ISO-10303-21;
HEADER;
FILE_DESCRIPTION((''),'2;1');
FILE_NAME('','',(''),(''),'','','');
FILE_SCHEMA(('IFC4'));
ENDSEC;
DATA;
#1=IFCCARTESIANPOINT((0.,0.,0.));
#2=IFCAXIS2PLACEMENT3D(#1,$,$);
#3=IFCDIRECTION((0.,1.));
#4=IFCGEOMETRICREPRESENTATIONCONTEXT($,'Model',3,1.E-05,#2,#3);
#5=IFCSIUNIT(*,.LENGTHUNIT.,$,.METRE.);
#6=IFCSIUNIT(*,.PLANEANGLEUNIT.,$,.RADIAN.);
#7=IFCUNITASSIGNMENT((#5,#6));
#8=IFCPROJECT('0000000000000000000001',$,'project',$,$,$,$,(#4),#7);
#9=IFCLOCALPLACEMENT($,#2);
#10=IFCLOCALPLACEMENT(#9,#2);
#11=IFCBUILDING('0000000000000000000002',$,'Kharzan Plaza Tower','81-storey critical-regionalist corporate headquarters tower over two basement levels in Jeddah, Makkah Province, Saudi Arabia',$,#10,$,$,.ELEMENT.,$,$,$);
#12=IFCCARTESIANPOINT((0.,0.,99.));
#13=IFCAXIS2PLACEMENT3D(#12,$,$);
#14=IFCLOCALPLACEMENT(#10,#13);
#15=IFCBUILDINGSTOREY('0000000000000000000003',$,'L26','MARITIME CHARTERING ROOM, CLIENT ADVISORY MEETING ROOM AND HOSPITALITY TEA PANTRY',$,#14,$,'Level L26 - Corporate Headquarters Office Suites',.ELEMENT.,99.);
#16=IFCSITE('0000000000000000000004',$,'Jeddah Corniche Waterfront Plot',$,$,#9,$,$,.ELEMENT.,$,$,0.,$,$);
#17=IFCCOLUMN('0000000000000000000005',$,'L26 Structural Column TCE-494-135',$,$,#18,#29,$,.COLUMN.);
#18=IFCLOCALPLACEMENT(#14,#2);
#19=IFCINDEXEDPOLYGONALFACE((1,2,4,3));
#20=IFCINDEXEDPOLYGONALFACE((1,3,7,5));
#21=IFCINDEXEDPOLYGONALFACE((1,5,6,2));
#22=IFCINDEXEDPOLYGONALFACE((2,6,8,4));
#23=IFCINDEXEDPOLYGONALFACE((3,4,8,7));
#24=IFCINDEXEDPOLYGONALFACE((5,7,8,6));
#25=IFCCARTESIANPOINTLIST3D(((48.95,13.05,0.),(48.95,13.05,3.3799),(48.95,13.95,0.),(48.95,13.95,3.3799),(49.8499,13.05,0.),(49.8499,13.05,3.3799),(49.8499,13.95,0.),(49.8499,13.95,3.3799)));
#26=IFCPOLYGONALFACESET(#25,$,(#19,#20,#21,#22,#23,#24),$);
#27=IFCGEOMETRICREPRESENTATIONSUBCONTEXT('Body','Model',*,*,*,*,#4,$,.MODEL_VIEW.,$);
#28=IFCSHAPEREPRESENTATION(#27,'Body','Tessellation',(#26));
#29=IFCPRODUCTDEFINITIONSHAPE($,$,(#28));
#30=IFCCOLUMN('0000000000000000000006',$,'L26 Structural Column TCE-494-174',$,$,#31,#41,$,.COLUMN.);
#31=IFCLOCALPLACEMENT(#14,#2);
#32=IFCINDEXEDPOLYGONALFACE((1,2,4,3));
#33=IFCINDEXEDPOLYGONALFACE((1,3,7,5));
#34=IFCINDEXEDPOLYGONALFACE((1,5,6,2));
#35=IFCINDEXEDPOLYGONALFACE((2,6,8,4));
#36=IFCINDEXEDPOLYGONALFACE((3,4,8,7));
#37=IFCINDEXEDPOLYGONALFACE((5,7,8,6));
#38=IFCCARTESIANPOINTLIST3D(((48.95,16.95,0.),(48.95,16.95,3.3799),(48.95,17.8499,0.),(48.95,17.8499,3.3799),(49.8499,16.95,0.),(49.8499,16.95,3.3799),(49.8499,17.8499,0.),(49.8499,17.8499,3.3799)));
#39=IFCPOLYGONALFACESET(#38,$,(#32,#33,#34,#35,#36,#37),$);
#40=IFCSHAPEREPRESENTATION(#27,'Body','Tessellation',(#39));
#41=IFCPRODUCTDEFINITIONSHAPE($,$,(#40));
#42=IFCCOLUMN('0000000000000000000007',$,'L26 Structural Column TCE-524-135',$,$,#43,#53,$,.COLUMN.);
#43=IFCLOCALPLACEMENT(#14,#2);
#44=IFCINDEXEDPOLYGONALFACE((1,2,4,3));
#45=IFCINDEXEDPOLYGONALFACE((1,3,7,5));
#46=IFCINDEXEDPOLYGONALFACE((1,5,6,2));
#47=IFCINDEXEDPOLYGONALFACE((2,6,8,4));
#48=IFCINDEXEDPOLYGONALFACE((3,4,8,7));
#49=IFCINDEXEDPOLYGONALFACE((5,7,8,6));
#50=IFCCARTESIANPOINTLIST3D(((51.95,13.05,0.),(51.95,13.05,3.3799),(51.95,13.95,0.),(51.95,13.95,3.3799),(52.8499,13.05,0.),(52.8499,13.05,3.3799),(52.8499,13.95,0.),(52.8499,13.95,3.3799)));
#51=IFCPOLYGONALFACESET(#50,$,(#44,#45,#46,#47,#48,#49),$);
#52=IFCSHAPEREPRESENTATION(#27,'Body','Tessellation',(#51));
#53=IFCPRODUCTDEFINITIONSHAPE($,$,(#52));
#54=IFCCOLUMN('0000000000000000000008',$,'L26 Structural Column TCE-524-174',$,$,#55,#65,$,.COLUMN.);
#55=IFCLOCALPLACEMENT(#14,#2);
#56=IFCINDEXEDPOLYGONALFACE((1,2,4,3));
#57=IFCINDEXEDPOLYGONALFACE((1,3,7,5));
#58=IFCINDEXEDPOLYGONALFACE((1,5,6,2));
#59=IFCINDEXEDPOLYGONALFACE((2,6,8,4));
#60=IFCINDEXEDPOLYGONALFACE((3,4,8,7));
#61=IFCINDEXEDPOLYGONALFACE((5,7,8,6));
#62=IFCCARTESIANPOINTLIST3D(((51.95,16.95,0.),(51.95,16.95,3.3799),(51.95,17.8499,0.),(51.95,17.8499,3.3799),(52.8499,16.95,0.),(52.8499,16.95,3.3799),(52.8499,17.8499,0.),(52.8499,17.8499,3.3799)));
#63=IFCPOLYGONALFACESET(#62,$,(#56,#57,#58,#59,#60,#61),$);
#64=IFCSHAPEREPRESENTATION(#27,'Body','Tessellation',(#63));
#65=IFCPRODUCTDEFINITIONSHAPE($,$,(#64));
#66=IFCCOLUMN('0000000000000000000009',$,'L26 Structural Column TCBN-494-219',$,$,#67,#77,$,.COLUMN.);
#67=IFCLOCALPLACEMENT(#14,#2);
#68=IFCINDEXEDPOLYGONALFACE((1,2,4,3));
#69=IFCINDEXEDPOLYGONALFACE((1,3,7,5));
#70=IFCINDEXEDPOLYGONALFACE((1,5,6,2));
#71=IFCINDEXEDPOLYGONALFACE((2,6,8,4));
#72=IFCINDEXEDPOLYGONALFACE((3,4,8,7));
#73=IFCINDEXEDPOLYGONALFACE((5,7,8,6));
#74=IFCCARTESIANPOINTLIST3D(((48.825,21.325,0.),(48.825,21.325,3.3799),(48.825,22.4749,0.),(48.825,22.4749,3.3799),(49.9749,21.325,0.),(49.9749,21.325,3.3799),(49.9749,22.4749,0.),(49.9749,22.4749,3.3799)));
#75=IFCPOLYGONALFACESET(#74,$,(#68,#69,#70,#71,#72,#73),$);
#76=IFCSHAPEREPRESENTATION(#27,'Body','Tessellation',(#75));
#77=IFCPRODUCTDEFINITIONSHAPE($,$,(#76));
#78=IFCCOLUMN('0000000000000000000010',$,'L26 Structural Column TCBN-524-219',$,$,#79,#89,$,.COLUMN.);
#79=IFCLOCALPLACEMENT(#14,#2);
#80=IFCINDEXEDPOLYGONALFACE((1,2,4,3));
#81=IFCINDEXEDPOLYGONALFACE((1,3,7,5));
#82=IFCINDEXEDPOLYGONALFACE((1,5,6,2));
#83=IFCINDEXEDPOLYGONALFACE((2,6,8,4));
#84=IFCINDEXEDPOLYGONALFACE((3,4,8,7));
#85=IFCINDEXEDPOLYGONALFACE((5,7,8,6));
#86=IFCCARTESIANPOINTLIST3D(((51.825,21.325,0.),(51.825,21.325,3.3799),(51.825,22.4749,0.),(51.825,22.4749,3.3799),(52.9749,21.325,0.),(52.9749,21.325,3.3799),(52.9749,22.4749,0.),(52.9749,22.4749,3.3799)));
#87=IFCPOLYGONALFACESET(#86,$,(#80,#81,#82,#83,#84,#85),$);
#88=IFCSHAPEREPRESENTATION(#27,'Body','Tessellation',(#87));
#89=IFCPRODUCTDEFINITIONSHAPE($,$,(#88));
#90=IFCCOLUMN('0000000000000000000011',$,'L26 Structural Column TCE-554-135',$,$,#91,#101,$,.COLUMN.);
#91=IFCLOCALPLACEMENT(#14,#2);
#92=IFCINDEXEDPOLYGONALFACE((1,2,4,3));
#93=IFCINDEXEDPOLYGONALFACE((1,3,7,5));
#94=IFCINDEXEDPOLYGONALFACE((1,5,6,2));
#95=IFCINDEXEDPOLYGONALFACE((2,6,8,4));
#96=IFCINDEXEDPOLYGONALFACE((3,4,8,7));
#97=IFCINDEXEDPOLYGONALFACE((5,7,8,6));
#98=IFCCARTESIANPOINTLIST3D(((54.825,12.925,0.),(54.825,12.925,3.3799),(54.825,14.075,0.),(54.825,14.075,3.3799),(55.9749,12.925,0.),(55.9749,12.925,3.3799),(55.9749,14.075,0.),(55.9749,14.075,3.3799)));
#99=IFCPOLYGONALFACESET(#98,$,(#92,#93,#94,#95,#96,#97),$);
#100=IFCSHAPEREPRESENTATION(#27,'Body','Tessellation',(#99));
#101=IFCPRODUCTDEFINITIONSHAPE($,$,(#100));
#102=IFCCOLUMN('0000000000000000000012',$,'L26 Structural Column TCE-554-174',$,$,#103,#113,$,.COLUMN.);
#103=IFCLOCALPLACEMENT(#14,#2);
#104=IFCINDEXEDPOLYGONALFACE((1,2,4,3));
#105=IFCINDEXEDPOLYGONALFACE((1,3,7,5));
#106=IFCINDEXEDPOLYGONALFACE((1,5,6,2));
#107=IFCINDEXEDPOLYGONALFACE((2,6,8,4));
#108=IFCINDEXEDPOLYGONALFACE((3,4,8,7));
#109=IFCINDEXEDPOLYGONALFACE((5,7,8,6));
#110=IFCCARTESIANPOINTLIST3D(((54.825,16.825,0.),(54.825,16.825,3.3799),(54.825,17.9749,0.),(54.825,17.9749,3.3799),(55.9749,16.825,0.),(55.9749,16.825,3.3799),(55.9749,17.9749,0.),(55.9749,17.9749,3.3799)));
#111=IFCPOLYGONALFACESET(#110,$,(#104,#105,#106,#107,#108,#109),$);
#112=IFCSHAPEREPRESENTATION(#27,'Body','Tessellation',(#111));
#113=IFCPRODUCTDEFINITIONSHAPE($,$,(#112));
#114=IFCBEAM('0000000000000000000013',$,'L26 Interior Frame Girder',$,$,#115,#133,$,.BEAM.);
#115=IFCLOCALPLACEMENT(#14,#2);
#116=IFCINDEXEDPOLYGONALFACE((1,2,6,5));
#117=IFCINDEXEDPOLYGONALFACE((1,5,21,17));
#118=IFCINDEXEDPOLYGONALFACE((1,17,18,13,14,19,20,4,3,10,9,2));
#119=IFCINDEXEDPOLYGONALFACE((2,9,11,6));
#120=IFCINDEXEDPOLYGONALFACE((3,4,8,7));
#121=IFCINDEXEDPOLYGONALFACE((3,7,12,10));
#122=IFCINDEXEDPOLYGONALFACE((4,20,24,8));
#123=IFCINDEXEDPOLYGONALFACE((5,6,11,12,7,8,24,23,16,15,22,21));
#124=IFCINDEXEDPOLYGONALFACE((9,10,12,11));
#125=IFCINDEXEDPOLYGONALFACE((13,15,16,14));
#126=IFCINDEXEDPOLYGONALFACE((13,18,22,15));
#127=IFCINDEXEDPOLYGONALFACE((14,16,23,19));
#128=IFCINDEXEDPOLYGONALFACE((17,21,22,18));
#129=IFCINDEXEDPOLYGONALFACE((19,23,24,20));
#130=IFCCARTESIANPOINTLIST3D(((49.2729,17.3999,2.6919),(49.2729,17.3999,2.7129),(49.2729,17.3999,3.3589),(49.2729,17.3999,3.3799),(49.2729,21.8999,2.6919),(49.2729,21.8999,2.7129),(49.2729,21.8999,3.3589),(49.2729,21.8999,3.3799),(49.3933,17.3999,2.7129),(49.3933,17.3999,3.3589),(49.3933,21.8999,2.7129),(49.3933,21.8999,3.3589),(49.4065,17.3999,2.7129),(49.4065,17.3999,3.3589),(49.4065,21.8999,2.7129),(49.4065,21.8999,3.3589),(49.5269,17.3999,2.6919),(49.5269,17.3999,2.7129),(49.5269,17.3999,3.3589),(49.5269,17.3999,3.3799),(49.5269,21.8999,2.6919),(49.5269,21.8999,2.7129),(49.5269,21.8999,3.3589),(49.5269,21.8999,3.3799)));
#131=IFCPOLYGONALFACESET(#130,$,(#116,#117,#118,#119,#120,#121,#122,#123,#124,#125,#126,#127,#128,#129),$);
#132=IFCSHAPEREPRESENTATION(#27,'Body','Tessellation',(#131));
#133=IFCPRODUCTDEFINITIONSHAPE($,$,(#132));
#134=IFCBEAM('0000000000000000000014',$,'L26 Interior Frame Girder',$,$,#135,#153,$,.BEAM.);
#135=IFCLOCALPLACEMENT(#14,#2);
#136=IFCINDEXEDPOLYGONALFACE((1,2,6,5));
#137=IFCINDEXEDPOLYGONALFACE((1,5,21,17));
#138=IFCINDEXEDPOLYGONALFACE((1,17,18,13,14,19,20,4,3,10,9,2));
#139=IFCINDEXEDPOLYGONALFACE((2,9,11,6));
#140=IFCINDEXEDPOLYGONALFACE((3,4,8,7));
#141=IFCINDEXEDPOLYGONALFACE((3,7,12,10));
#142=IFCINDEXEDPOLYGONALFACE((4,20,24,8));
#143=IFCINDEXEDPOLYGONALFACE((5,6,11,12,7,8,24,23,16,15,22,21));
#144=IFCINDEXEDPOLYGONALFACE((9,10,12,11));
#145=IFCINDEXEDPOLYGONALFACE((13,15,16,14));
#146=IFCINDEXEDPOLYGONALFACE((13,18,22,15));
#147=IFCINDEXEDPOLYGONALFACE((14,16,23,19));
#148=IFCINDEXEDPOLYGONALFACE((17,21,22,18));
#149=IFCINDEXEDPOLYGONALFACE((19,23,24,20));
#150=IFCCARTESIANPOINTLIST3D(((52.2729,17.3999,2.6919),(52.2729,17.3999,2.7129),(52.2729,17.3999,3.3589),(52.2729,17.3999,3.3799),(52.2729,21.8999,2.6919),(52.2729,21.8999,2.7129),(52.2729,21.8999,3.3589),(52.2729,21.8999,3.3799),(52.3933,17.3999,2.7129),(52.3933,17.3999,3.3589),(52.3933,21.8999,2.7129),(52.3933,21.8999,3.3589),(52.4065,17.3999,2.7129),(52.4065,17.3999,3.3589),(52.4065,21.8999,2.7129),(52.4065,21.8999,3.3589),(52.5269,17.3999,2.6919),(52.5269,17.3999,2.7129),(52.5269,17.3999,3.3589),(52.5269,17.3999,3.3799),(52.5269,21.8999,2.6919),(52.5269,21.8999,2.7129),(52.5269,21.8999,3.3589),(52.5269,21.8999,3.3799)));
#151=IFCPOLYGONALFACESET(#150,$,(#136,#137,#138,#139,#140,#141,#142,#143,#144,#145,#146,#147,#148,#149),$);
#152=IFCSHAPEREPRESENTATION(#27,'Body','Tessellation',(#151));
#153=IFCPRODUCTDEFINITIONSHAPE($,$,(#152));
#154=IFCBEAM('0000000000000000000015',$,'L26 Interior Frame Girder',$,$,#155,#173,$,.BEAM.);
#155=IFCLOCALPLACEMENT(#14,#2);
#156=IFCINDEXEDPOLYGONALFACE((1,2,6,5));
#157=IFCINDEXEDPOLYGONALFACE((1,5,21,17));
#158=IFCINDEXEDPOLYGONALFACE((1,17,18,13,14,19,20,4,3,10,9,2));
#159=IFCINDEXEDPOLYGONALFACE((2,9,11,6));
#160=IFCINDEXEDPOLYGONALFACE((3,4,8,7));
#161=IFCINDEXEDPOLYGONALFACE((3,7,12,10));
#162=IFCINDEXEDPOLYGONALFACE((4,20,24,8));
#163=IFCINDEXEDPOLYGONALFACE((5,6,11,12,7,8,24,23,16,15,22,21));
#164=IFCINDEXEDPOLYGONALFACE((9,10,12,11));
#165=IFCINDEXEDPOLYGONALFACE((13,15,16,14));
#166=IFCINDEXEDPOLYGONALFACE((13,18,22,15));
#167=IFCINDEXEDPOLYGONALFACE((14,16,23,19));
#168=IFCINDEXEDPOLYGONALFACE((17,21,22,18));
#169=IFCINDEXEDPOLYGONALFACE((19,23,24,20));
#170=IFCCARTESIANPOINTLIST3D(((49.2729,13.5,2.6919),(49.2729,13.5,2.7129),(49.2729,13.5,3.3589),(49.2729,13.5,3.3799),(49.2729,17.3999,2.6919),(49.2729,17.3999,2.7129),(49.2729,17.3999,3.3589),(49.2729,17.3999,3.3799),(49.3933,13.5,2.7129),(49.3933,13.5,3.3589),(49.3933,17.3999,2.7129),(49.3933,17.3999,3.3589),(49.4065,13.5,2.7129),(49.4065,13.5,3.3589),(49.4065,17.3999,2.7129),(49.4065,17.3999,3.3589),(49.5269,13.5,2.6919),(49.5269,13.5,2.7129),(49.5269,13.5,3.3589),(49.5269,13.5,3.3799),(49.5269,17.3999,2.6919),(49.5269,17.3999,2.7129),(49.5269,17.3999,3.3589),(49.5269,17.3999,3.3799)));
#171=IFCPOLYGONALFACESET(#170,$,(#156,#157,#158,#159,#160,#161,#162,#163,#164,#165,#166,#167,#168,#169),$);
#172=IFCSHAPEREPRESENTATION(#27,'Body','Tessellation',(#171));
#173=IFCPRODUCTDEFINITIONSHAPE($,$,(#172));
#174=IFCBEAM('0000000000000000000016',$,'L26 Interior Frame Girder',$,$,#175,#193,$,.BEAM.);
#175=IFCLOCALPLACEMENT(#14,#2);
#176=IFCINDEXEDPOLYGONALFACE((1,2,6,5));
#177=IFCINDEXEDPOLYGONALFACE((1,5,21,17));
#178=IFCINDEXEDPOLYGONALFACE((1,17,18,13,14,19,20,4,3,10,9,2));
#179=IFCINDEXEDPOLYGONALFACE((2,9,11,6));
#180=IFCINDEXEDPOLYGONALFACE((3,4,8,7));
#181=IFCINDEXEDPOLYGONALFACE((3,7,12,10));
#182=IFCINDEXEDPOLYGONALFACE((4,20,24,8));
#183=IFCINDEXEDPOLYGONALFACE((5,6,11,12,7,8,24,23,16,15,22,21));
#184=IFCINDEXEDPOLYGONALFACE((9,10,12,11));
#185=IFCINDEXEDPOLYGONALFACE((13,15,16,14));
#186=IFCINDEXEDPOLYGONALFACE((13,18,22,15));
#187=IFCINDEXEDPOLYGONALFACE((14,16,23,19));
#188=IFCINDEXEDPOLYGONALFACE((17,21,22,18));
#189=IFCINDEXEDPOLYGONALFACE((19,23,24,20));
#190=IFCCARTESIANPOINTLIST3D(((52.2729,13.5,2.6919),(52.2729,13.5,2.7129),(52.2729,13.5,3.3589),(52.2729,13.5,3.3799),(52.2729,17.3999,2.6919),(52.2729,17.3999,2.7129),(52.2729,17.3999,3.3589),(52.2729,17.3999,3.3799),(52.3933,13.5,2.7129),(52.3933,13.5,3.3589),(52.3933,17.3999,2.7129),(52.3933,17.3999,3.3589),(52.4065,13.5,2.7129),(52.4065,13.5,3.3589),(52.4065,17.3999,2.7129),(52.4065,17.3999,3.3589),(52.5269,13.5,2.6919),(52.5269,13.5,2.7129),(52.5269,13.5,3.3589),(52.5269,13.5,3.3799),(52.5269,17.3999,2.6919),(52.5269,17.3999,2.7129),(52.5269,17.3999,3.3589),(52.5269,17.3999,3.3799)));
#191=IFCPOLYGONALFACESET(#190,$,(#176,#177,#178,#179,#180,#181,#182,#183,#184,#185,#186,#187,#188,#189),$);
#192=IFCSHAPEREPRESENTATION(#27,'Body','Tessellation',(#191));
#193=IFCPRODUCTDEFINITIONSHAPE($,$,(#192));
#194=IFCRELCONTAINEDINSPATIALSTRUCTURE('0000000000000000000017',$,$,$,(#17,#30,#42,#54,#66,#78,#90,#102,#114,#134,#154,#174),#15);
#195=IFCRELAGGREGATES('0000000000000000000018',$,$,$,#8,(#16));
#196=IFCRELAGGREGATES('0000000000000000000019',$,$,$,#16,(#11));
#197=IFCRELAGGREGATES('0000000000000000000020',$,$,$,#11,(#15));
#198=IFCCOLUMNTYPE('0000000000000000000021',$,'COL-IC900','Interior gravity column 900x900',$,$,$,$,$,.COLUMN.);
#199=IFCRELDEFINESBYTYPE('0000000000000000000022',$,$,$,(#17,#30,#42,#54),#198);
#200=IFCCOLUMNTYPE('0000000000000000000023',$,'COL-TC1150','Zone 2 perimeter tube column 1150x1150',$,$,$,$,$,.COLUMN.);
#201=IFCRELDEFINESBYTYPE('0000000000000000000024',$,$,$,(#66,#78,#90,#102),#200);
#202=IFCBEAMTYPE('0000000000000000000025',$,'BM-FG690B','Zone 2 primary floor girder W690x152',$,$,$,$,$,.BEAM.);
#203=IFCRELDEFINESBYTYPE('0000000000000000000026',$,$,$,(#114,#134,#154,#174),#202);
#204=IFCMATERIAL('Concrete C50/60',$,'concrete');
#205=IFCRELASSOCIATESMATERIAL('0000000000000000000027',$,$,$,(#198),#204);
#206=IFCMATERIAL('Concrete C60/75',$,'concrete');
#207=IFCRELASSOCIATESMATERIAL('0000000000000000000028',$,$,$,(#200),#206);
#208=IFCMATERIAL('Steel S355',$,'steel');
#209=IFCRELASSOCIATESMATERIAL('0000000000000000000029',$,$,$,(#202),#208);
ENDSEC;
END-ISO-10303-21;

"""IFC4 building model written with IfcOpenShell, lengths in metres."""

from ifc_helpers import new_model, si_unit, direction, frame, origin, origin_2d, place, context, subcontext, project, spatial, rectangle, i_section, extrude, source, transform, mapped, material, material_profile, profile_set, type_object, element, save


model = new_model("IFC4")

# Units and contexts
model_context = context("Model", 3, precision=1e-05, world=origin(), true_north=direction((0.0, 1.0)))
body_context = subcontext(model_context, "Body", "Model", "MODEL_VIEW")
ifc_project = project(units=[si_unit("LENGTHUNIT", "METRE"), si_unit("PLANEANGLEUNIT", "RADIAN")], contexts=[model_context])

# Site, building, storey
site_placement = place(None, origin())
site = spatial("IfcSite", under=ifc_project, at=site_placement, Name="Jeddah Corniche Waterfront Plot", CompositionType="ELEMENT", RefElevation=0.0)
building_placement = place(site_placement, origin())
building = spatial("IfcBuilding", under=site, at=building_placement, Name="Kharzan Plaza Tower", Description="81-storey critical-regionalist corporate headquarters tower over two basement levels in Jeddah, Makkah Province, Saudi Arabia", CompositionType="ELEMENT")
storey_placement = place(building_placement, frame((0.0, 0.0, 99.0)))
storey = spatial("IfcBuildingStorey", under=building, at=storey_placement, Name="L26", Description="MARITIME CHARTERING ROOM, CLIENT ADVISORY MEETING ROOM AND HOSPITALITY TEA PANTRY", LongName="Level L26 - Corporate Headquarters Office Suites", CompositionType="ELEMENT", Elevation=99.0)

# Columns
ifc_material_1 = material(Name="Concrete C50/60", Category="concrete")
ifc_material_profile_1 = material_profile(ifc_material_1, rectangle(XDim=0.8999, YDim=0.8999, at=origin_2d()), Name="RC-IC900x900")
ifc_profile_set_1 = profile_set([ifc_material_profile_1], Name="Concrete C50/60")
column_type_1 = type_object("IfcColumnType", Name="COL-IC900", Description="Interior gravity column 900x900", PredefinedType="COLUMN", material=ifc_profile_set_1)
shared_shape_1 = source(origin(), body_context, "Body", "SweptSolid", [
    extrude(rectangle(XDim=0.8999, YDim=0.8999, at=origin_2d()), origin(), (0.0, 0.0, 1.0), 3.3799),
])
for number, where, z_axis, x_axis, name in (
    (1, (49.3999, 13.5, 0.0), (0.0, 0.0, 1.0), (1.0, 0.0, 0.0), "L26 Structural Column TCE-494-135"),
    (2, (49.3999, 17.3999, 0.0), (0.0, 0.0, 1.0), (1.0, 0.0, 0.0), "L26 Structural Column TCE-494-174"),
    (3, (52.3999, 13.5, 0.0), (0.0, 0.0, 1.0), (1.0, 0.0, 0.0), "L26 Structural Column TCE-524-135"),
    (4, (52.3999, 17.3999, 0.0), (0.0, 0.0, 1.0), (1.0, 0.0, 0.0), "L26 Structural Column TCE-524-174"),
):
    element("IfcColumn", number, at=place(storey_placement, frame(where, z_axis=z_axis, x_axis=x_axis)), inside=storey, type_object=column_type_1, Name=name, PredefinedType="COLUMN", context=body_context, shape_type="MappedRepresentation", body=[
        mapped(shared_shape_1, transform((0.0, 0.0, 0.0), x_axis=(1.0, 0.0, 0.0), y_axis=(0.0, 1.0, 0.0), z_axis=(0.0, 0.0, 1.0))),
    ])
ifc_material_2 = material(Name="Concrete C60/75", Category="concrete")
ifc_material_profile_2 = material_profile(ifc_material_2, rectangle(XDim=1.1499, YDim=1.1499, at=origin_2d()), Name="RC-TC1150x1150")
ifc_profile_set_2 = profile_set([ifc_material_profile_2], Name="Concrete C60/75")
column_type_2 = type_object("IfcColumnType", Name="COL-TC1150", Description="Zone 2 perimeter tube column 1150x1150", PredefinedType="COLUMN", material=ifc_profile_set_2)
shared_shape_2 = source(origin(), body_context, "Body", "SweptSolid", [
    extrude(rectangle(XDim=1.1499, YDim=1.1499, at=origin_2d()), origin(), (0.0, 0.0, 1.0), 3.3799),
])
for number, where, z_axis, x_axis, name in (
    (5, (49.3999, 21.8999, 0.0), (0.0, 0.0, 1.0), (1.0, 0.0, 0.0), "L26 Structural Column TCBN-494-219"),
    (6, (52.3999, 21.8999, 0.0), (0.0, 0.0, 1.0), (1.0, 0.0, 0.0), "L26 Structural Column TCBN-524-219"),
    (7, (55.3999, 13.5, 0.0), (0.0, 0.0, 1.0), (1.0, 0.0, 0.0), "L26 Structural Column TCE-554-135"),
    (8, (55.3999, 17.3999, 0.0), (0.0, 0.0, 1.0), (1.0, 0.0, 0.0), "L26 Structural Column TCE-554-174"),
):
    element("IfcColumn", number, at=place(storey_placement, frame(where, z_axis=z_axis, x_axis=x_axis)), inside=storey, type_object=column_type_2, Name=name, PredefinedType="COLUMN", context=body_context, shape_type="MappedRepresentation", body=[
        mapped(shared_shape_2, transform((0.0, 0.0, 0.0), x_axis=(1.0, 0.0, 0.0), y_axis=(0.0, 1.0, 0.0), z_axis=(0.0, 0.0, 1.0))),
    ])

# Beams
ifc_material_3 = material(Name="Steel S355", Category="steel")
ifc_material_profile_3 = material_profile(ifc_material_3, i_section(OverallWidth=0.2539, OverallDepth=0.688, WebThickness=0.0132, FlangeThickness=0.021, at=origin_2d()), Name="W690x152")
ifc_profile_set_3 = profile_set([ifc_material_profile_3], Name="Steel S355")
beam_type_1 = type_object("IfcBeamType", Name="BM-FG690B", Description="Zone 2 primary floor girder W690x152", PredefinedType="BEAM", material=ifc_profile_set_3)
shared_shape_3 = source(origin(), body_context, "Body", "SweptSolid", [
    extrude(i_section(OverallWidth=0.2539, OverallDepth=0.688, WebThickness=0.0132, FlangeThickness=0.021, at=origin_2d()), origin(), (0.0, 0.0, 1.0), 4.5),
])
for number, where, z_axis, x_axis, name in (
    (9, (49.3999, 17.3999, 3.0359), (0.0, 1.0, 0.0), (-1.0, 0.0, 0.0), "L26 Interior Frame Girder"),
    (10, (52.3999, 17.3999, 3.0359), (0.0, 1.0, 0.0), (-1.0, 0.0, 0.0), "L26 Interior Frame Girder"),
):
    element("IfcBeam", number, at=place(storey_placement, frame(where, z_axis=z_axis, x_axis=x_axis)), inside=storey, type_object=beam_type_1, Name=name, PredefinedType="BEAM", context=body_context, shape_type="MappedRepresentation", body=[
        mapped(shared_shape_3, transform((0.0, 0.0, 0.0), x_axis=(1.0, 0.0, 0.0), y_axis=(0.0, 1.0, 0.0), z_axis=(0.0, 0.0, 1.0))),
    ])
shared_shape_4 = source(origin(), body_context, "Body", "SweptSolid", [
    extrude(i_section(OverallWidth=0.2539, OverallDepth=0.688, WebThickness=0.0132, FlangeThickness=0.021, at=origin_2d()), origin(), (0.0, 0.0, 1.0), 3.8999),
])
for number, where, z_axis, x_axis, name in (
    (11, (49.3999, 13.5, 3.0359), (0.0, 1.0, 0.0), (-1.0, 0.0, 0.0), "L26 Interior Frame Girder"),
    (12, (52.3999, 13.5, 3.0359), (0.0, 1.0, 0.0), (-1.0, 0.0, 0.0), "L26 Interior Frame Girder"),
):
    element("IfcBeam", number, at=place(storey_placement, frame(where, z_axis=z_axis, x_axis=x_axis)), inside=storey, type_object=beam_type_1, Name=name, PredefinedType="BEAM", context=body_context, shape_type="MappedRepresentation", body=[
        mapped(shared_shape_4, transform((0.0, 0.0, 0.0), x_axis=(1.0, 0.0, 0.0), y_axis=(0.0, 1.0, 0.0), z_axis=(0.0, 0.0, 1.0))),
    ])

save(model, "model.ifc")
